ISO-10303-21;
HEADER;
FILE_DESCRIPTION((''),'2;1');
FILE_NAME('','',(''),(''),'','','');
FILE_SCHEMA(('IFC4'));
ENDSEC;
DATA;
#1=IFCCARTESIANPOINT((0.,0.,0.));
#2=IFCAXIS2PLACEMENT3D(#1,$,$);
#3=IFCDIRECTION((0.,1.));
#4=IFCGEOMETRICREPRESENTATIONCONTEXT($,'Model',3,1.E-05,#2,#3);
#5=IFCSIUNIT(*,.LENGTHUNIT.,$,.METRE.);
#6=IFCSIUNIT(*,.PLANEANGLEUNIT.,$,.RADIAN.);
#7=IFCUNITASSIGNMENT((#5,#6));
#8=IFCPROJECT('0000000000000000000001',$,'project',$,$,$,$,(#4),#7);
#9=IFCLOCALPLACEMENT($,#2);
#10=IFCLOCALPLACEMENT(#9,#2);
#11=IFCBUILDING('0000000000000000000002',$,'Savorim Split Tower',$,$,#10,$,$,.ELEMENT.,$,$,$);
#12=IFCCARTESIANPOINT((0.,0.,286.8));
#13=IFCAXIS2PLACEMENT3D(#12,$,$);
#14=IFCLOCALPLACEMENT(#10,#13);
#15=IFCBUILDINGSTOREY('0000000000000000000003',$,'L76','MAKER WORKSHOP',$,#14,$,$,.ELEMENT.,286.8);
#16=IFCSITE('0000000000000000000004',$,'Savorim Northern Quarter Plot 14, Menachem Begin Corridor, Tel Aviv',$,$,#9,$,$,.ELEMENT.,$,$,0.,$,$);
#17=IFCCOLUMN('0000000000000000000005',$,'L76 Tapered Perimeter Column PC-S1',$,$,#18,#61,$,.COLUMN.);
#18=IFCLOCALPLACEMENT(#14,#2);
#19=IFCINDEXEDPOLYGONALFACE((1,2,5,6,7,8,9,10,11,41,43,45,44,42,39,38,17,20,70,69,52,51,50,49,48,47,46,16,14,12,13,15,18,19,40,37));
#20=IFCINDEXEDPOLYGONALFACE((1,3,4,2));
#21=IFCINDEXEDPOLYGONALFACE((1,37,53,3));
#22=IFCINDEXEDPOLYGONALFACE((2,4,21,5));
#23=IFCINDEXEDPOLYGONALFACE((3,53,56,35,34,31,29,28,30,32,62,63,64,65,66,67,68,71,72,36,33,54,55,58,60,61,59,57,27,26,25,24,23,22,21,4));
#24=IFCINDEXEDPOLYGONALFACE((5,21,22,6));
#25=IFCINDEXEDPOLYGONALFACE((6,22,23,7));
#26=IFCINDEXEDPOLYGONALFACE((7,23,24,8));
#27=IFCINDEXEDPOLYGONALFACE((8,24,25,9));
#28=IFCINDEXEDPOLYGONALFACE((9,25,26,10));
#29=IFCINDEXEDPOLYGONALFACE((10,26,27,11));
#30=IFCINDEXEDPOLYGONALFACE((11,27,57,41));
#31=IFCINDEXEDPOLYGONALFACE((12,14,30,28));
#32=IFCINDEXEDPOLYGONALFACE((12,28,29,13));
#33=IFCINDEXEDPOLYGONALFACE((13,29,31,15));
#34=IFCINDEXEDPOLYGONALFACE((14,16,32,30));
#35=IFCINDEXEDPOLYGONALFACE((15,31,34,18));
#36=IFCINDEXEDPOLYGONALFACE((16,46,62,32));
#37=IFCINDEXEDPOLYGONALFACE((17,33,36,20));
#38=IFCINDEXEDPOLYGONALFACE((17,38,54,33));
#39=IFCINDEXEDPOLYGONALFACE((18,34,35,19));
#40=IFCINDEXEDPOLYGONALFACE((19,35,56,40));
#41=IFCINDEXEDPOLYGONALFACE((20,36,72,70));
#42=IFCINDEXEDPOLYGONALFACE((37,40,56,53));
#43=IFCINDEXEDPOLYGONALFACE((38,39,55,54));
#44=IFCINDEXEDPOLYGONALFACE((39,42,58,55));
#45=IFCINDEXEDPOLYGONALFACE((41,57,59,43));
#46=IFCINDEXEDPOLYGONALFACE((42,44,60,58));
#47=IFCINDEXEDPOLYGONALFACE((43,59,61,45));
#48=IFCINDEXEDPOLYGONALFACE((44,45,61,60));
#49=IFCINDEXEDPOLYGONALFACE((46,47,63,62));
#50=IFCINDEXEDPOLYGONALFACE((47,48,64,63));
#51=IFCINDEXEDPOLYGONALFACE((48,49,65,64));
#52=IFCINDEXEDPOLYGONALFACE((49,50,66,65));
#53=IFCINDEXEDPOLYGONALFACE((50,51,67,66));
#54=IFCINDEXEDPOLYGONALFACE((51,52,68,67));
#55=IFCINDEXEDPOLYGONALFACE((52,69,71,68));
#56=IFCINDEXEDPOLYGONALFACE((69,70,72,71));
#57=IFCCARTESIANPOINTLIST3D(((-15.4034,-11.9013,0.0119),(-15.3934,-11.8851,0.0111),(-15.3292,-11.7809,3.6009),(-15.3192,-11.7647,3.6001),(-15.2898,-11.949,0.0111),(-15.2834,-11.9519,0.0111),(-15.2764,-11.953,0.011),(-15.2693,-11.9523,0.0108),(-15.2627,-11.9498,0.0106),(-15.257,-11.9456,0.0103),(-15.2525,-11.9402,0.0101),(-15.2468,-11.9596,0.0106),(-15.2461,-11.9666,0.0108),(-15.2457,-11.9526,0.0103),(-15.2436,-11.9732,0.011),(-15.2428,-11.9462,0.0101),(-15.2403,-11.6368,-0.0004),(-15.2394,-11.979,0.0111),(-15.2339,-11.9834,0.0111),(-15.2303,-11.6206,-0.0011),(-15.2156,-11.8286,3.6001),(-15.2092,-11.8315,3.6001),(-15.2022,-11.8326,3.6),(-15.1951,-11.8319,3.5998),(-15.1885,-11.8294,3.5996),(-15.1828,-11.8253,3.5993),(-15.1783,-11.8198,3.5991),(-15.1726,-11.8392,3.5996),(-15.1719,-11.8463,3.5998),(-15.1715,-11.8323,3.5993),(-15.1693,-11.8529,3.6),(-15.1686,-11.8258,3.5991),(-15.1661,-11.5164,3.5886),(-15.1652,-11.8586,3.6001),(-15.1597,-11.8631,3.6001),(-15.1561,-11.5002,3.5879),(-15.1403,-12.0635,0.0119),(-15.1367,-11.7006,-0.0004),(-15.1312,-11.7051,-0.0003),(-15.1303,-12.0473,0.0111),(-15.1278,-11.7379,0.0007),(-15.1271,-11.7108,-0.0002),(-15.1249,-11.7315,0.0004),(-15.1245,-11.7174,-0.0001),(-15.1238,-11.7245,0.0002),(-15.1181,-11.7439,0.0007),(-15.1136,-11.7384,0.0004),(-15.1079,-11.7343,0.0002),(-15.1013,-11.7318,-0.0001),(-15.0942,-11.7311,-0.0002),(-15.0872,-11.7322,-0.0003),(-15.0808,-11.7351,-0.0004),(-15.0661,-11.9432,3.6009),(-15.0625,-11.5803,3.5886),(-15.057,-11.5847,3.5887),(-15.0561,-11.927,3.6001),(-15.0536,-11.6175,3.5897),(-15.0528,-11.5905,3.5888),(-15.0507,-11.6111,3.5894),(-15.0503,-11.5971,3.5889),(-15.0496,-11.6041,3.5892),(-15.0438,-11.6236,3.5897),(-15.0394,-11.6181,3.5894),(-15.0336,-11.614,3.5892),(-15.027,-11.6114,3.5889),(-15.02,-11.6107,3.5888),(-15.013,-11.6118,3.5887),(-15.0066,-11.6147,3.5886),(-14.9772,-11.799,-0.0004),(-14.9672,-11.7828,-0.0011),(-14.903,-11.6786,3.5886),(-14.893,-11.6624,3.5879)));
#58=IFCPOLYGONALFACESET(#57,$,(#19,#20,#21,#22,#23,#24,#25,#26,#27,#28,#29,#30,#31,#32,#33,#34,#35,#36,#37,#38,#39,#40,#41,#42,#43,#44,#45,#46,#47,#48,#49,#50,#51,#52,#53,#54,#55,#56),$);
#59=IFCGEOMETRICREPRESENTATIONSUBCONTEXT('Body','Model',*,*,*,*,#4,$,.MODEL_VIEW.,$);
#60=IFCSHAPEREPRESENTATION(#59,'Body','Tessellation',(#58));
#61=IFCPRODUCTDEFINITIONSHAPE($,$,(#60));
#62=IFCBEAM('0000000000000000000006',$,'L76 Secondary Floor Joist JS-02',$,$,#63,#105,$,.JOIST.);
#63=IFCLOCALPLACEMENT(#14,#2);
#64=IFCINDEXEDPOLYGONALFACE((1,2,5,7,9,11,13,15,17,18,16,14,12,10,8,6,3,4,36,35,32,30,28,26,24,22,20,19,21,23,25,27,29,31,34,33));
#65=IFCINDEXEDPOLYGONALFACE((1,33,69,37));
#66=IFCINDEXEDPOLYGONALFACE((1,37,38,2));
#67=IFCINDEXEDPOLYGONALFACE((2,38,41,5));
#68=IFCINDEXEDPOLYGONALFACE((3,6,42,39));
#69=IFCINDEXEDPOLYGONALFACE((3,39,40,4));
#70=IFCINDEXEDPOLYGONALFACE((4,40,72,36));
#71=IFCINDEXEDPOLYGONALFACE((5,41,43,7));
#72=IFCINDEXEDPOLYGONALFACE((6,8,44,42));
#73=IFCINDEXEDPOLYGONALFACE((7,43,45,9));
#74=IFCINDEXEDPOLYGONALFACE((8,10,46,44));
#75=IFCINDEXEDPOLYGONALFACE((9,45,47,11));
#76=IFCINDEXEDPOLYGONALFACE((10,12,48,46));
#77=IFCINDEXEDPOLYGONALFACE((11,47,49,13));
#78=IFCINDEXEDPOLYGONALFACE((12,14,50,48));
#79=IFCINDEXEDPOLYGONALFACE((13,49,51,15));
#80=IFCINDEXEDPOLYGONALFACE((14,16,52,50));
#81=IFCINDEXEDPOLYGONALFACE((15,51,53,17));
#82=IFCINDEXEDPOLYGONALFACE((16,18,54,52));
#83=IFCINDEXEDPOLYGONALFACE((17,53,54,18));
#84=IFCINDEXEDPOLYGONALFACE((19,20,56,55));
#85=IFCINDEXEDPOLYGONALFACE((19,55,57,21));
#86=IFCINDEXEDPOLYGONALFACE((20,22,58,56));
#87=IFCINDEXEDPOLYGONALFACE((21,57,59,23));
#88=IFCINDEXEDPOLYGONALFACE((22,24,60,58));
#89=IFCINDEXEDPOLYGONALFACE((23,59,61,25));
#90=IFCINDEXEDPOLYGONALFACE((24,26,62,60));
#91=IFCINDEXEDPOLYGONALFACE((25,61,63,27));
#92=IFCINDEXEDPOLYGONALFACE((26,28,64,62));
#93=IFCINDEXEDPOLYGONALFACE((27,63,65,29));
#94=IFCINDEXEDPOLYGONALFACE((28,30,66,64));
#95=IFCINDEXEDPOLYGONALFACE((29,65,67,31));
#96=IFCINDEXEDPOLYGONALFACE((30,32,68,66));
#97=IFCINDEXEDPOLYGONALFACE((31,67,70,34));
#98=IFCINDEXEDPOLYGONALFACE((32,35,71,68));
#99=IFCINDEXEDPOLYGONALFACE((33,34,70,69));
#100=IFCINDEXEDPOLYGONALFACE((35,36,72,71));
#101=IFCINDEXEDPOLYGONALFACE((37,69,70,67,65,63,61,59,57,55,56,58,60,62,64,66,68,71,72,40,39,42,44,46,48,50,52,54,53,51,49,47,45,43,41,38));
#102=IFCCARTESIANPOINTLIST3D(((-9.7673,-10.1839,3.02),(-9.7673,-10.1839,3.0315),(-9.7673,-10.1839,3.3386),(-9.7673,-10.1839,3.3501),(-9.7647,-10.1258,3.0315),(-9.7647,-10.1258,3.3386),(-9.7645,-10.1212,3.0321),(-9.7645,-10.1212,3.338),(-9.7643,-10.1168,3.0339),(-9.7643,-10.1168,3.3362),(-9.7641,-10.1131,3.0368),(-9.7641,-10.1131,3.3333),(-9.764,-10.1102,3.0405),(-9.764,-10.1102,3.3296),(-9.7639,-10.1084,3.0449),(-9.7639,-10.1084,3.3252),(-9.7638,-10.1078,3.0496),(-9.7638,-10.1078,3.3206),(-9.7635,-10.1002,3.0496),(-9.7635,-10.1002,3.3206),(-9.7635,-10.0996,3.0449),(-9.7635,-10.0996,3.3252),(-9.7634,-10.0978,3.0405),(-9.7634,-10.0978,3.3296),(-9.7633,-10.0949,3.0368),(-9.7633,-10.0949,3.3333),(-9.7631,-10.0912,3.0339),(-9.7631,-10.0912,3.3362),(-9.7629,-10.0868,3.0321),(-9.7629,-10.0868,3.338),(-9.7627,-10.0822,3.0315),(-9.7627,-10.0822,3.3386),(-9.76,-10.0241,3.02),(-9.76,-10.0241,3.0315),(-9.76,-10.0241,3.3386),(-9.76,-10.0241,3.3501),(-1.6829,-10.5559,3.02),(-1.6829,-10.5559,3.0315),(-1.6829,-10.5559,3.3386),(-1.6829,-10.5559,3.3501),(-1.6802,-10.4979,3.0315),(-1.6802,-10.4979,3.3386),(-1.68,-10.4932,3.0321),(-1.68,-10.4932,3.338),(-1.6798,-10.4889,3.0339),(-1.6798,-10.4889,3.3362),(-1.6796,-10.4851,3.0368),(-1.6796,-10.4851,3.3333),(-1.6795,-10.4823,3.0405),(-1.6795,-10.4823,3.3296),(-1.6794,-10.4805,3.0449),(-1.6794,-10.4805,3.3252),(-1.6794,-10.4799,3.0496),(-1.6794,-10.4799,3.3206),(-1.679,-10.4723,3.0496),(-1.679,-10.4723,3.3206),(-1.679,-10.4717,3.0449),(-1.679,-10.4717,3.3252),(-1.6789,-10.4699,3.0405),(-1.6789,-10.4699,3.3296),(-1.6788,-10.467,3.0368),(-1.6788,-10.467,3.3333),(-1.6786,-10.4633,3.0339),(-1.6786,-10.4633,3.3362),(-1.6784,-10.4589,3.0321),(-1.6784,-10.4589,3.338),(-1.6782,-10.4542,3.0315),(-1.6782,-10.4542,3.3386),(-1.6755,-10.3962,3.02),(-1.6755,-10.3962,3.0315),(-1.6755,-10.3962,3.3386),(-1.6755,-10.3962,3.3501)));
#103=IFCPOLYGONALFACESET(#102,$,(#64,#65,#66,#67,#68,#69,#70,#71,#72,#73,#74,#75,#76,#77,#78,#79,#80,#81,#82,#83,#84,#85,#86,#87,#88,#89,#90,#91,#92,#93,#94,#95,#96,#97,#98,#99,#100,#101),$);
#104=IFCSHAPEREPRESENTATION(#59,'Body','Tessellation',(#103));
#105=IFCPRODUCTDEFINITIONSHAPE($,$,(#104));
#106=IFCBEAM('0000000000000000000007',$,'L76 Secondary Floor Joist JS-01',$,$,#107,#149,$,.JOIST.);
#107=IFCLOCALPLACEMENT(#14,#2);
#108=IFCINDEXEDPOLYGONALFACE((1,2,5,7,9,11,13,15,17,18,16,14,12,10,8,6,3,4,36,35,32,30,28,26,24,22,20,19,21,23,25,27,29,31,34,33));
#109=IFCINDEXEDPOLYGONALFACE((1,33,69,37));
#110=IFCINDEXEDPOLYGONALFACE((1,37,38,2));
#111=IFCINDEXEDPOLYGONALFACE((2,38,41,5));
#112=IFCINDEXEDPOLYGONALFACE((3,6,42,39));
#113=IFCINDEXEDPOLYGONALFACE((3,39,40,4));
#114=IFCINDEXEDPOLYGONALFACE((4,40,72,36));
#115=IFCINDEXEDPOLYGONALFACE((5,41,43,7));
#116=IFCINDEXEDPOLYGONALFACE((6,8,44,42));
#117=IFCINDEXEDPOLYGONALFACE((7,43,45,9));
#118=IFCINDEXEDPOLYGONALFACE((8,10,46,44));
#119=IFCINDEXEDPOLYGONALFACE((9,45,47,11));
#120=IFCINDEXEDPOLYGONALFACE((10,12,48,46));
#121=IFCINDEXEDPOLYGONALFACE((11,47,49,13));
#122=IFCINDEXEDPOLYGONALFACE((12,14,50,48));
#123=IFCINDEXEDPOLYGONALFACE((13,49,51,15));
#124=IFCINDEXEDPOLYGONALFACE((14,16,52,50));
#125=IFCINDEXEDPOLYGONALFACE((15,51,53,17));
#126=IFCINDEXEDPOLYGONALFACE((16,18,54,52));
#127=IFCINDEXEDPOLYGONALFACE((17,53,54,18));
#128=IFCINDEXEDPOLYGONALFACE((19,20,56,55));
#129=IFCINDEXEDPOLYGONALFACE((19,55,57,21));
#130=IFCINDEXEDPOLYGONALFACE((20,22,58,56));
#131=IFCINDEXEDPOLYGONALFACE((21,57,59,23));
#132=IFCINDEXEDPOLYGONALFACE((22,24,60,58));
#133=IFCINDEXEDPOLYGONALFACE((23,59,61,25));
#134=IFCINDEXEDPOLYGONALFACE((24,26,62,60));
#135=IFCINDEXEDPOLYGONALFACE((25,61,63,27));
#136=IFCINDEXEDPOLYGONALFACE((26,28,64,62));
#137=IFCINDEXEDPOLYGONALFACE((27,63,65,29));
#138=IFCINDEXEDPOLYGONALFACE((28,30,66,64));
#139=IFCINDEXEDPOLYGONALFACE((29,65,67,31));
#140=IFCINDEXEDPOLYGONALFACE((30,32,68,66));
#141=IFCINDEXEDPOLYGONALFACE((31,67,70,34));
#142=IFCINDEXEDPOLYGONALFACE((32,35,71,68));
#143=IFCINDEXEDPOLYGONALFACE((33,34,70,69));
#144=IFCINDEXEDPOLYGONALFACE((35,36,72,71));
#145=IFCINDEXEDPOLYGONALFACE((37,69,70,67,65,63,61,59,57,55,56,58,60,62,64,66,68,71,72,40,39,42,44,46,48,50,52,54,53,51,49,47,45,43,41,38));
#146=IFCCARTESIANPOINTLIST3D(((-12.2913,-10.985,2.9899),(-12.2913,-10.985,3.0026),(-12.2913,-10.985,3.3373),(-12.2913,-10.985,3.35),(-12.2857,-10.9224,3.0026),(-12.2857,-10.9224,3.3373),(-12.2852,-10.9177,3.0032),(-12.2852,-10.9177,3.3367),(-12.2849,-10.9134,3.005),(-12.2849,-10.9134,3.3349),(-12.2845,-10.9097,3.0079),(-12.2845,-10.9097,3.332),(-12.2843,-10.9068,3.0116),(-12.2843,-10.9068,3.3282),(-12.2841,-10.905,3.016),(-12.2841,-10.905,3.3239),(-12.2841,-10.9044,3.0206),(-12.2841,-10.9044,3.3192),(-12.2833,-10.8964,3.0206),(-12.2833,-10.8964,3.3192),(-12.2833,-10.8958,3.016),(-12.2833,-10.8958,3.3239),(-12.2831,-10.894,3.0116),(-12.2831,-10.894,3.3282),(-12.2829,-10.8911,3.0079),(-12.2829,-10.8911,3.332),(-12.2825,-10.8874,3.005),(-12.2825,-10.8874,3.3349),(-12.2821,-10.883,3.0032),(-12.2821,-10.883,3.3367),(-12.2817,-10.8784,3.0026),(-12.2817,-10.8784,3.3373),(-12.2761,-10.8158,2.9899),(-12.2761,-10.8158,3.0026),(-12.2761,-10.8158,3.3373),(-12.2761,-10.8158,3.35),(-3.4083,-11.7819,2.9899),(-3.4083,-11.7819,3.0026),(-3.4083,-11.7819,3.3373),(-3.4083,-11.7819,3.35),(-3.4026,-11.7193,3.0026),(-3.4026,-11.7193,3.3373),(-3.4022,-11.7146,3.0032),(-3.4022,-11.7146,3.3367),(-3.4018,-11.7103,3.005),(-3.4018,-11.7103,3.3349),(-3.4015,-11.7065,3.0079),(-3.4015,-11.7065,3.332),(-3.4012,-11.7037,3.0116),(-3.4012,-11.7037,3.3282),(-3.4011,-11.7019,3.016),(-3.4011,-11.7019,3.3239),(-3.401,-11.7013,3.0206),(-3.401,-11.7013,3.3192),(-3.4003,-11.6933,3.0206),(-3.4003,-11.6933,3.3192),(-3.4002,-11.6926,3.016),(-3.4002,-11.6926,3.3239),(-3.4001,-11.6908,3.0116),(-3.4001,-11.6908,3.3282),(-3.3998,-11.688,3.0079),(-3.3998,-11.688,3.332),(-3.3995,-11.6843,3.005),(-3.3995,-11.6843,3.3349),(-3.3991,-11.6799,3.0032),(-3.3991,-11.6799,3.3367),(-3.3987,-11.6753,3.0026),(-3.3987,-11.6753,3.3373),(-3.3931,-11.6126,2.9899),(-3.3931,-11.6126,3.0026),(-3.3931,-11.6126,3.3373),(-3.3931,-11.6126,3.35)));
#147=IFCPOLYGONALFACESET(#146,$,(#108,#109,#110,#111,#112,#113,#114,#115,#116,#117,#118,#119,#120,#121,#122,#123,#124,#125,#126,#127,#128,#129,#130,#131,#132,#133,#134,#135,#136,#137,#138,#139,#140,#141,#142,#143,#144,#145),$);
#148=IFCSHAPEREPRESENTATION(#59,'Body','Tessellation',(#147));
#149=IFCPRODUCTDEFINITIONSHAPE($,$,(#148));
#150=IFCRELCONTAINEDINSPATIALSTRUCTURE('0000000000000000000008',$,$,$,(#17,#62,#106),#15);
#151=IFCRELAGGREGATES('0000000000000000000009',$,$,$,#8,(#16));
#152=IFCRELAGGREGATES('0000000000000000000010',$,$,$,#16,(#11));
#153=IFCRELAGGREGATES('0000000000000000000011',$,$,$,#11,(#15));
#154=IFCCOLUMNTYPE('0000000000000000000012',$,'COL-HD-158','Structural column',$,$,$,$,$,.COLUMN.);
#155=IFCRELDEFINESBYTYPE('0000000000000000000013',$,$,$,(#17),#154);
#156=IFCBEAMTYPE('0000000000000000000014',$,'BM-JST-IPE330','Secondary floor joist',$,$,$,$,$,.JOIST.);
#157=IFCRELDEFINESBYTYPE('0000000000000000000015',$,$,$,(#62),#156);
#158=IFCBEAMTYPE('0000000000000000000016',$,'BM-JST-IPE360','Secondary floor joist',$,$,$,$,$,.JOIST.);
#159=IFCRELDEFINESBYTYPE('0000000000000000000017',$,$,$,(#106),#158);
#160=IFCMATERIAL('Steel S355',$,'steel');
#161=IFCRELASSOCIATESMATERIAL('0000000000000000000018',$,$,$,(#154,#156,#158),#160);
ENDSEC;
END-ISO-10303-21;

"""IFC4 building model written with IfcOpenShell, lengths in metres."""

from ifc_helpers import new_model, si_unit, direction, frame, origin, origin_2d, place, context, subcontext, project, spatial, i_section, extrude, material, material_profile, profile_set, type_object, element, save


model = new_model("IFC4")

# Units and contexts
model_context = context("Model", 3, precision=1e-05, world=origin(), true_north=direction((0.0, 1.0)))
body_context = subcontext(model_context, "Body", "Model", "MODEL_VIEW")
ifc_project = project(units=[si_unit("LENGTHUNIT", "METRE"), si_unit("PLANEANGLEUNIT", "RADIAN")], contexts=[model_context])

# Site, building, storey
site_placement = place(None, origin())
site = spatial("IfcSite", under=ifc_project, at=site_placement, Name="Savorim Northern Quarter Plot 14, Menachem Begin Corridor, Tel Aviv", CompositionType="ELEMENT", RefElevation=0.0)
building_placement = place(site_placement, origin())
building = spatial("IfcBuilding", under=site, at=building_placement, Name="Savorim Split Tower", CompositionType="ELEMENT")
storey_placement = place(building_placement, frame((0.0, 0.0, 286.8)))
storey = spatial("IfcBuildingStorey", under=building, at=storey_placement, Name="L76", Description="MAKER WORKSHOP", CompositionType="ELEMENT", Elevation=286.8)

# Column
ifc_material_1 = material(Name="Steel S355", Category="steel")
ifc_material_profile_1 = material_profile(ifc_material_1, i_section(OverallWidth=0.3091, OverallDepth=0.3301, WebThickness=0.0115, FlangeThickness=0.019, FilletRadius=0.0271, at=origin_2d()), Name="HD 320x158")
ifc_profile_set_1 = profile_set([ifc_material_profile_1], Name="Steel S355")
column_type = type_object("IfcColumnType", Name="COL-HD-158", Description="Structural column", PredefinedType="COLUMN", material=ifc_profile_set_1)
column_placement = place(storey_placement, frame((-15.1853, -11.842, 0.0054), z_axis=(0.020663, 0.033509, 0.999225), x_axis=(-0.851184, 0.524868, 0.0)))
element("IfcColumn", 1, at=column_placement, inside=storey, type_object=column_type, Name="L76 Tapered Perimeter Column PC-S1", PredefinedType="COLUMN", context=body_context, shape_type="SweptSolid", body=[
    extrude(i_section(OverallWidth=0.3091, OverallDepth=0.3301, WebThickness=0.0115, FlangeThickness=0.019, FilletRadius=0.0271, at=origin_2d()), origin(), (0.0, 0.0, 1.0), 3.5918),
])

# Beams
ifc_material_profile_2 = material_profile(ifc_material_1, i_section(OverallWidth=0.1599, OverallDepth=0.3301, WebThickness=0.0076, FlangeThickness=0.0115, FilletRadius=0.0181, at=origin_2d()), Name="IPE 330")
ifc_profile_set_2 = profile_set([ifc_material_profile_2], Name="Steel S355")
beam_type_1 = type_object("IfcBeamType", Name="BM-JST-IPE330", Description="Secondary floor joist", PredefinedType="JOIST", material=ifc_profile_set_2)
beam_1_placement = place(storey_placement, frame((-9.7637, -10.104, 3.1851), z_axis=(0.998943, -0.045974, 0.0), x_axis=(0.045974, 0.998943, 0.0)))
element("IfcBeam", 2, at=beam_1_placement, inside=storey, type_object=beam_type_1, Name="L76 Secondary Floor Joist JS-02", PredefinedType="JOIST", context=body_context, shape_type="SweptSolid", body=[
    extrude(i_section(OverallWidth=0.1599, OverallDepth=0.3301, WebThickness=0.0076, FlangeThickness=0.0115, FilletRadius=0.0181, at=origin_2d()), origin(), (0.0, 0.0, 1.0), 8.093),
])
ifc_material_profile_3 = material_profile(ifc_material_1, i_section(OverallWidth=0.1699, OverallDepth=0.3601, WebThickness=0.0081, FlangeThickness=0.0127, FilletRadius=0.0181, at=origin_2d()), Name="IPE 360")
ifc_profile_set_3 = profile_set([ifc_material_profile_3], Name="Steel S355")
beam_type_2 = type_object("IfcBeamType", Name="BM-JST-IPE360", Description="Secondary floor joist", PredefinedType="JOIST", material=ifc_profile_set_3)
beam_2_placement = place(storey_placement, frame((-12.2837, -10.9004, 3.1699), z_axis=(0.996, -0.089349, 0.0), x_axis=(0.089349, 0.996, 0.0)))
element("IfcBeam", 3, at=beam_2_placement, inside=storey, type_object=beam_type_2, Name="L76 Secondary Floor Joist JS-01", PredefinedType="JOIST", context=body_context, shape_type="SweptSolid", body=[
    extrude(i_section(OverallWidth=0.1699, OverallDepth=0.3601, WebThickness=0.0081, FlangeThickness=0.0127, FilletRadius=0.0181, at=origin_2d()), origin(), (0.0, 0.0, 1.0), 8.9187),
])

save(model, "model.ifc")
